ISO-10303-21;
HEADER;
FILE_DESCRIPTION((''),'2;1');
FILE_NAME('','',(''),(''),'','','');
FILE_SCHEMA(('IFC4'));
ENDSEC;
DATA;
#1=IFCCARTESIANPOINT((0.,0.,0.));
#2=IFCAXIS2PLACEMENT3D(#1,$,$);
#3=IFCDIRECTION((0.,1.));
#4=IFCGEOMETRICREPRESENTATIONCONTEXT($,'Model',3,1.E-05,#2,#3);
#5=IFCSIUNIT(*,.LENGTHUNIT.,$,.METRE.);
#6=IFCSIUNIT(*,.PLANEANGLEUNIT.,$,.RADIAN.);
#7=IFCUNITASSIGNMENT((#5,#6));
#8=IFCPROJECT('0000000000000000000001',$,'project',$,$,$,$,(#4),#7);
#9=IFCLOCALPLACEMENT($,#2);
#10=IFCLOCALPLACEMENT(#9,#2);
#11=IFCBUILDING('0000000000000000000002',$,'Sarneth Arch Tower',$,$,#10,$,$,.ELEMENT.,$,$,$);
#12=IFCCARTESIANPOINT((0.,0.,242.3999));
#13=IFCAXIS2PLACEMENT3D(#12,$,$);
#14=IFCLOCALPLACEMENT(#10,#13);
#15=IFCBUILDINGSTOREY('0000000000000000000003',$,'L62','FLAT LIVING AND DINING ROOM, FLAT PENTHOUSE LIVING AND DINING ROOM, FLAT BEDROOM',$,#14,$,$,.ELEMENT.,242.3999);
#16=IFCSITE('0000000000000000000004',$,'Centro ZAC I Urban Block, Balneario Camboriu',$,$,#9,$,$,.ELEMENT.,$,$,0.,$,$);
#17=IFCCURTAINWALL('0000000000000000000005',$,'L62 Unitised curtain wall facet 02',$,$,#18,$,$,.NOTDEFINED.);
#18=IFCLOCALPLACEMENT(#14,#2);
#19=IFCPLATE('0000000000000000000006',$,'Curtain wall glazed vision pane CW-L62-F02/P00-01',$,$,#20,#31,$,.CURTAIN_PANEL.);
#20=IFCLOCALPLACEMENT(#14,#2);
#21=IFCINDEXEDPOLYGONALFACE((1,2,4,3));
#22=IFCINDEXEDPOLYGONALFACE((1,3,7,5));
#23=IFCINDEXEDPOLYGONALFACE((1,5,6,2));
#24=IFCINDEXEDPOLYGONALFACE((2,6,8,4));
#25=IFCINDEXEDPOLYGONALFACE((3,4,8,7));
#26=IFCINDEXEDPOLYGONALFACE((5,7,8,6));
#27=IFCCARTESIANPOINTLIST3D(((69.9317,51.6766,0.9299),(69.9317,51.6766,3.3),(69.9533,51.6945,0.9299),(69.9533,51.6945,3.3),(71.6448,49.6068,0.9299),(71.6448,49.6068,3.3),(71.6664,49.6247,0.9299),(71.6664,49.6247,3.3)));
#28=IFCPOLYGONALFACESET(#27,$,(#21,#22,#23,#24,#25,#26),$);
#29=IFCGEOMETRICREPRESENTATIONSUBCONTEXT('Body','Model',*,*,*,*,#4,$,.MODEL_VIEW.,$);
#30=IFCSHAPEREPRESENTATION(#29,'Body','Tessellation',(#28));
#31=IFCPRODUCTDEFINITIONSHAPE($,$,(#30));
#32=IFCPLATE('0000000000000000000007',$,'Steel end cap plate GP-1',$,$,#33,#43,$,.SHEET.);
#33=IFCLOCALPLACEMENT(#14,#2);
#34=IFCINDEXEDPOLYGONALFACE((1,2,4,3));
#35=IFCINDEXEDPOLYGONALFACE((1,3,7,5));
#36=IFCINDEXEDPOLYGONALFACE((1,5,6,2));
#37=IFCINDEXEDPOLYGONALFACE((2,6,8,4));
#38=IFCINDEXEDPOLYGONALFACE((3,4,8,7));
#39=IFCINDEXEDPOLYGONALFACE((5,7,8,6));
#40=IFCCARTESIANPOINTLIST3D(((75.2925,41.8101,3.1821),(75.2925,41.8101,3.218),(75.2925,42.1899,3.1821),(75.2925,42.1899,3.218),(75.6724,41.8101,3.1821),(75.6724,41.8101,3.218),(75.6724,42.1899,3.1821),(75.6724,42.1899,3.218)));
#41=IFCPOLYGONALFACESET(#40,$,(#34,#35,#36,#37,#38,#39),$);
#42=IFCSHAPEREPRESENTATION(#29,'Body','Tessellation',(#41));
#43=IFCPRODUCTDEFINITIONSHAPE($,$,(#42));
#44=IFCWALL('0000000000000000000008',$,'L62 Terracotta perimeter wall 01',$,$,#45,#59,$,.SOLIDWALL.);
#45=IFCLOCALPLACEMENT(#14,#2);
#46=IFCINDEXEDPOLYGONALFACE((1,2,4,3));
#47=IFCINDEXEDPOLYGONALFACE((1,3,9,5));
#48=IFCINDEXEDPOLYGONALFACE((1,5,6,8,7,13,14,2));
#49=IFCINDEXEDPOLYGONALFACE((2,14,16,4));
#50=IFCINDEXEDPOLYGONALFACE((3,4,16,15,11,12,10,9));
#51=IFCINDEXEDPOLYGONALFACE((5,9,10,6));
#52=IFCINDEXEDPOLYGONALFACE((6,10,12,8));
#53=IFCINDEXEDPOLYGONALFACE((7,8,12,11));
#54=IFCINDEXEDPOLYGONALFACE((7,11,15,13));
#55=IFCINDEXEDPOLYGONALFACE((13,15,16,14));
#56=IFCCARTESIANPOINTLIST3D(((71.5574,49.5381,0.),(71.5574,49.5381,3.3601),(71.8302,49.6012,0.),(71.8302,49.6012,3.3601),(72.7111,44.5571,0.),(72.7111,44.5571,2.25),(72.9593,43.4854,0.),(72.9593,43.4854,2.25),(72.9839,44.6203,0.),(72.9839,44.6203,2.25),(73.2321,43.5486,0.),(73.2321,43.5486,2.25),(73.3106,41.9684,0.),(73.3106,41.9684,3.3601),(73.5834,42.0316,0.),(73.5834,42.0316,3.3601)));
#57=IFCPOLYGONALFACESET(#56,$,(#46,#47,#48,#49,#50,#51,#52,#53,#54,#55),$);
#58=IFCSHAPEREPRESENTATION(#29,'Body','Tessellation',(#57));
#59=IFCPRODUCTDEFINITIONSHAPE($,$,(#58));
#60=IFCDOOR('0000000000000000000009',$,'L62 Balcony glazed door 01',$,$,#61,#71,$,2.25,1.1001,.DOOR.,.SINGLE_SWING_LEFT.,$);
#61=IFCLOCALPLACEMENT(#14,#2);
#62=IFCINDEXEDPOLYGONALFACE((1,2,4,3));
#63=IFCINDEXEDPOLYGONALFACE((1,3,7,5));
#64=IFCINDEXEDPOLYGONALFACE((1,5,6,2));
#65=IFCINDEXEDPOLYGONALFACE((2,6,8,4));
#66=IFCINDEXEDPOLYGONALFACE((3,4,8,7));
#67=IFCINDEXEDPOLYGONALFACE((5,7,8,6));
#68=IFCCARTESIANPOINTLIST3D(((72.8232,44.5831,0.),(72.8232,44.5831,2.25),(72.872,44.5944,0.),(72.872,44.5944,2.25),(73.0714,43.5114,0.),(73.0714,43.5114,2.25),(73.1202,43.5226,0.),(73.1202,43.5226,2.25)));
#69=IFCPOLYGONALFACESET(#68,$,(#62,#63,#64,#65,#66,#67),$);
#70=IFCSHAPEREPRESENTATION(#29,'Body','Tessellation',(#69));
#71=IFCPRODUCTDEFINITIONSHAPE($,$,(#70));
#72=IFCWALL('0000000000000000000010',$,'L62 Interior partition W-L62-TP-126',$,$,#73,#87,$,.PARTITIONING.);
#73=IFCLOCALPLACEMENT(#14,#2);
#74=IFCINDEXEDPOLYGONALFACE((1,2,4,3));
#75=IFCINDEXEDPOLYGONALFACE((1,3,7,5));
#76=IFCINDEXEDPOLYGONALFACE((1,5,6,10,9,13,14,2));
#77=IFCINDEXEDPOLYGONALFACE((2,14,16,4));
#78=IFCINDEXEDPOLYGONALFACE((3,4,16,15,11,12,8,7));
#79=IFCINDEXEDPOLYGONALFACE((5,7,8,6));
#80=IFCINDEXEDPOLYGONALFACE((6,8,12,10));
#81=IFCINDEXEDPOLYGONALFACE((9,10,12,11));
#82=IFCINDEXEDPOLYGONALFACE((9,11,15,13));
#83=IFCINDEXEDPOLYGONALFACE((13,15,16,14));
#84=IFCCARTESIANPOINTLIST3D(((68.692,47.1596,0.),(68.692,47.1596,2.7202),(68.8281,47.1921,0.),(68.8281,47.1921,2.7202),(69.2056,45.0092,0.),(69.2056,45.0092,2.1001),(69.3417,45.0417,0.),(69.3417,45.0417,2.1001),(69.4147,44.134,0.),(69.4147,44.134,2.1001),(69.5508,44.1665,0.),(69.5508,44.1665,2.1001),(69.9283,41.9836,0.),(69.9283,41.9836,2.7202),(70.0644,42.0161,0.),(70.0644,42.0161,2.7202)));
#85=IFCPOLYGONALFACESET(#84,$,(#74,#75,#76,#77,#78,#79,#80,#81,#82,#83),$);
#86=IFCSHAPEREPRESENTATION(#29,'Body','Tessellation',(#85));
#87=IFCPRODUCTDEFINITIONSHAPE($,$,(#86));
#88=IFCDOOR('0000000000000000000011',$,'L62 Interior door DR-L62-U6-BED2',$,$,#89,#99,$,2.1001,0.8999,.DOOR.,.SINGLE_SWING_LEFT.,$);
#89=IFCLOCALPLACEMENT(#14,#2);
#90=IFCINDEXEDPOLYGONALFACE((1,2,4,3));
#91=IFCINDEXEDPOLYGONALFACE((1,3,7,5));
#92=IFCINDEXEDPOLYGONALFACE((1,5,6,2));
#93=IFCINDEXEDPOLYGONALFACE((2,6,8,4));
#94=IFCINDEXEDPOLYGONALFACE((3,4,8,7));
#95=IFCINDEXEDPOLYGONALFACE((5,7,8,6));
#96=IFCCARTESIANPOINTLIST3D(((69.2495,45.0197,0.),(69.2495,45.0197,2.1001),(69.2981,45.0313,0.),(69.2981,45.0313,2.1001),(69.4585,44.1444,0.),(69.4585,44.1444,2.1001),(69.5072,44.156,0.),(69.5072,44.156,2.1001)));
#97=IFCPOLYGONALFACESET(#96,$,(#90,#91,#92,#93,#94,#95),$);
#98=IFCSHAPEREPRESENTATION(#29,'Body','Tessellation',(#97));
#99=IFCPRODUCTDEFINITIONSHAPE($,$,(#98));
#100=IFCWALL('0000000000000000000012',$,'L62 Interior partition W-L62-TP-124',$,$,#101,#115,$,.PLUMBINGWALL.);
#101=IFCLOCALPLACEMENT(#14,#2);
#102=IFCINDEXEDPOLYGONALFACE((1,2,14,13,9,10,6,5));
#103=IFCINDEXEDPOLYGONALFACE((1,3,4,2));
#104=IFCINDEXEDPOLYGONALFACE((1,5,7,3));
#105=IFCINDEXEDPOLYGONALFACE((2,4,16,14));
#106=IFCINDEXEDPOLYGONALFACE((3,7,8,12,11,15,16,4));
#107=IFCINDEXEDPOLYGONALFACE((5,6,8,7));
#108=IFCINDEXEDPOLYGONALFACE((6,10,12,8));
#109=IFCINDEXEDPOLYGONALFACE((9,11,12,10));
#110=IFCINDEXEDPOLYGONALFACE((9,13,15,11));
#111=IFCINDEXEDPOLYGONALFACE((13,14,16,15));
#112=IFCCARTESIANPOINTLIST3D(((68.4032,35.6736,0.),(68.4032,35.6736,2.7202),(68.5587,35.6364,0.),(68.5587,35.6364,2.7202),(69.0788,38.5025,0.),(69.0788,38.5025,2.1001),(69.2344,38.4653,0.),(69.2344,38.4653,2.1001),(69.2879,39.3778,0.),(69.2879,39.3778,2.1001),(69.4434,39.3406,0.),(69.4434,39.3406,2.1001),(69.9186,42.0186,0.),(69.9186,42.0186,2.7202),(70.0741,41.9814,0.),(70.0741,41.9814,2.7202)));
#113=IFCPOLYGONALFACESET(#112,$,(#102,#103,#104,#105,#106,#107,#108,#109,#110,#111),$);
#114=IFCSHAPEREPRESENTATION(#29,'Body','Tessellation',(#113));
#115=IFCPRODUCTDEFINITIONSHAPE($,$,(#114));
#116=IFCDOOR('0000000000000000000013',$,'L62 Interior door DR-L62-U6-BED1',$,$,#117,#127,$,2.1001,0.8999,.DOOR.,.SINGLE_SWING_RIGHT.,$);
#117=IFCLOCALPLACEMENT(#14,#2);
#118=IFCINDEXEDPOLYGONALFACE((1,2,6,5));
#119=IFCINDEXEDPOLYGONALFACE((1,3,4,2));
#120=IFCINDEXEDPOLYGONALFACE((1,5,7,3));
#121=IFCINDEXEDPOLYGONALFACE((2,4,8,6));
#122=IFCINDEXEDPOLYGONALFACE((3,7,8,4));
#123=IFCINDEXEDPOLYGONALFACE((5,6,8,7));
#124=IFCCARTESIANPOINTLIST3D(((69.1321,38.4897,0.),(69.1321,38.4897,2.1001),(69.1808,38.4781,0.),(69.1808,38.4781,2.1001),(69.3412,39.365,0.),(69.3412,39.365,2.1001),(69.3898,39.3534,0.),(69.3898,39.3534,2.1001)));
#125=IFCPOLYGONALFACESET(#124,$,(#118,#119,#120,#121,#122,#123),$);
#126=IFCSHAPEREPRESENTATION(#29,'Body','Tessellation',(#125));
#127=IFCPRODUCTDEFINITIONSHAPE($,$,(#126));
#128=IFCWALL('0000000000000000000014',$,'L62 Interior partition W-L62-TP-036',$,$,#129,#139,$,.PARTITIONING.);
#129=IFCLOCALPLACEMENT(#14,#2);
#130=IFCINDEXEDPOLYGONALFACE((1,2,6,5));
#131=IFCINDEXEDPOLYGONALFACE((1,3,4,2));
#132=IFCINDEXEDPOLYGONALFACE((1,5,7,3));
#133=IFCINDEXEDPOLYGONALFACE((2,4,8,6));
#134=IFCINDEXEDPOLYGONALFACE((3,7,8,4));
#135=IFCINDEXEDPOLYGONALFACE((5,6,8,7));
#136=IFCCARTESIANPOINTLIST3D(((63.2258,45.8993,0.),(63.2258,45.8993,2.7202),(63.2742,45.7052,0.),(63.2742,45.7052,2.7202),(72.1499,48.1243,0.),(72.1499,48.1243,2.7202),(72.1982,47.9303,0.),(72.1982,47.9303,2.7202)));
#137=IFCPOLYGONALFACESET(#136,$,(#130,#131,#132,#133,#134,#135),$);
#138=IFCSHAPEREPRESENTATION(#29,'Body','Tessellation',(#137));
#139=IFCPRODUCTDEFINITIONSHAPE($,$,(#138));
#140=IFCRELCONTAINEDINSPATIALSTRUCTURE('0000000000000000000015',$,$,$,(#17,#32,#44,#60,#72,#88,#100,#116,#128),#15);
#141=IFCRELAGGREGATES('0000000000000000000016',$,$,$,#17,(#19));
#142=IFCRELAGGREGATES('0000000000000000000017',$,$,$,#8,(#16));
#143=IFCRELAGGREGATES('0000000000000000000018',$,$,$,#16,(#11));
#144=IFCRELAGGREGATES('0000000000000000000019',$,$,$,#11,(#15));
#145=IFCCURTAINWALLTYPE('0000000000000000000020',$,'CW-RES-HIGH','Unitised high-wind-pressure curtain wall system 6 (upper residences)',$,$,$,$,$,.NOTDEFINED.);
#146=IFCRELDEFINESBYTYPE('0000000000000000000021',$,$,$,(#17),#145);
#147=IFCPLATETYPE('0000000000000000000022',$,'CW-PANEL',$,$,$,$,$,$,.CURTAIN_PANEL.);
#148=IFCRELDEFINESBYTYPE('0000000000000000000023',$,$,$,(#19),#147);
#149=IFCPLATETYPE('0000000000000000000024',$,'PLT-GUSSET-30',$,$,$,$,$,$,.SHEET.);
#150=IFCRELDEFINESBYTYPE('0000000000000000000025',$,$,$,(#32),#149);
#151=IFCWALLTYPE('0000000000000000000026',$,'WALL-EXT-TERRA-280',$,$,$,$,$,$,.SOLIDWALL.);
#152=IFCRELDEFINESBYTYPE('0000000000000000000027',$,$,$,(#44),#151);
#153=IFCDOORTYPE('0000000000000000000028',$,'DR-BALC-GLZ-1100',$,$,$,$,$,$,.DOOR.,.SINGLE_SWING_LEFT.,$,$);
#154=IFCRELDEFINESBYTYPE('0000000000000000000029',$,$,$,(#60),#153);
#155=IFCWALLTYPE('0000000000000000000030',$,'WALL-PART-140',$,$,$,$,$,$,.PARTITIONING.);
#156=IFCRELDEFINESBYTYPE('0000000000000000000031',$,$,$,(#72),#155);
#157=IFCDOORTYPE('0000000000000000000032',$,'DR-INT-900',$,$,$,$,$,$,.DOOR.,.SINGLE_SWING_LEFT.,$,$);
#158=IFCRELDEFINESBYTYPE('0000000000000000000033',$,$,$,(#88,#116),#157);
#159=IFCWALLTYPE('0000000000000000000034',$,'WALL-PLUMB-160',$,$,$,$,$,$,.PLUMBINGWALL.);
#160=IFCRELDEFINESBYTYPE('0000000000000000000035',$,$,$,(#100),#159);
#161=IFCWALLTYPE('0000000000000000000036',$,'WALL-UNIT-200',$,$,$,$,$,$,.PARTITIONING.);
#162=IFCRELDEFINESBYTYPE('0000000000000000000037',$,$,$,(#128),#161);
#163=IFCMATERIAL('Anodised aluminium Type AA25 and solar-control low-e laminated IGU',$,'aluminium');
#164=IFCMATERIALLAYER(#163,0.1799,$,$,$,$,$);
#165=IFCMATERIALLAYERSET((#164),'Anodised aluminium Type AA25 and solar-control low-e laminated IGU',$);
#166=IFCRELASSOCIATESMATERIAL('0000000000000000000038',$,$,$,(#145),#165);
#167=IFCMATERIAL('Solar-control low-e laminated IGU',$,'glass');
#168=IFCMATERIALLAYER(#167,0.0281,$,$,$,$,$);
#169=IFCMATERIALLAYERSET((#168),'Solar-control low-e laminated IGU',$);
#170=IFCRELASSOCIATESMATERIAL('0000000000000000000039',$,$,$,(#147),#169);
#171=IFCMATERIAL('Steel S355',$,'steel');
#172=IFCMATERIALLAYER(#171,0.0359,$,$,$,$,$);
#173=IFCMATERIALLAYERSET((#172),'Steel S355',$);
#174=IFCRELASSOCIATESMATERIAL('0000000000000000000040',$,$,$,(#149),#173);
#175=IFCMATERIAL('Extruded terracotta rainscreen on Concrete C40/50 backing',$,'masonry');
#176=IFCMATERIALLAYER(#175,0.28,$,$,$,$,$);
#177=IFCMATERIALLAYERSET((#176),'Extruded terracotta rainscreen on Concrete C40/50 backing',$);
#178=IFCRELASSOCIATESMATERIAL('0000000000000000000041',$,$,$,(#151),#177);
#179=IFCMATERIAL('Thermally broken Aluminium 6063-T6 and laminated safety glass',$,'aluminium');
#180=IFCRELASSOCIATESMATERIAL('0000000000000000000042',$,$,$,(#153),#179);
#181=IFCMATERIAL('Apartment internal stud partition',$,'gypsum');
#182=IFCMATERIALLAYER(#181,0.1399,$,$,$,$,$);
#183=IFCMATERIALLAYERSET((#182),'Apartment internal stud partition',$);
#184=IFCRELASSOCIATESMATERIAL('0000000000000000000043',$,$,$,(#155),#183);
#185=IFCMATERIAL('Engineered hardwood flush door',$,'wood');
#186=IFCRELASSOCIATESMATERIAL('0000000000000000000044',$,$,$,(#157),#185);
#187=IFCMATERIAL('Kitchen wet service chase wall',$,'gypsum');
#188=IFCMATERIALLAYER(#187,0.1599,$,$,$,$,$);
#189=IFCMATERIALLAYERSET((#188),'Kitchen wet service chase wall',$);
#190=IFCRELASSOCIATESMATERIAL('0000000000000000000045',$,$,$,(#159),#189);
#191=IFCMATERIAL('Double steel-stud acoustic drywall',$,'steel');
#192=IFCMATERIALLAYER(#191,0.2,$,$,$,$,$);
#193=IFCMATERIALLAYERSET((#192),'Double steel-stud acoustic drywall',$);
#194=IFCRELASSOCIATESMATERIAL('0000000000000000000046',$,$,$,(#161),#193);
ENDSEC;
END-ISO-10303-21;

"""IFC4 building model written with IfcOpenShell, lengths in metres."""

from ifc_helpers import new_model, si_unit, direction, frame, frame_2d, origin, origin_2d, place, context, subcontext, project, spatial, rectangle, extrude, material, layer, layer_set, type_object, element, fill, aggregate, save


model = new_model("IFC4")

# Units and contexts
model_context = context("Model", 3, precision=1e-05, world=origin(), true_north=direction((0.0, 1.0)))
body_context = subcontext(model_context, "Body", "Model", "MODEL_VIEW")
ifc_project = project(units=[si_unit("LENGTHUNIT", "METRE"), si_unit("PLANEANGLEUNIT", "RADIAN")], contexts=[model_context])

# Site, building, storey
site_placement = place(None, origin())
site = spatial("IfcSite", under=ifc_project, at=site_placement, Name="Centro ZAC I Urban Block, Balneario Camboriu", CompositionType="ELEMENT", RefElevation=0.0)
building_placement = place(site_placement, origin())
building = spatial("IfcBuilding", under=site, at=building_placement, Name="Sarneth Arch Tower", CompositionType="ELEMENT")
storey_placement = place(building_placement, frame((0.0, 0.0, 242.3999)))
storey = spatial("IfcBuildingStorey", under=building, at=storey_placement, Name="L62", Description="FLAT LIVING AND DINING ROOM, FLAT PENTHOUSE LIVING AND DINING ROOM, FLAT BEDROOM", CompositionType="ELEMENT", Elevation=242.3999)

# Curtain wall
ifc_material_1 = material(Name="Anodised aluminium Type AA25 and solar-control low-e laminated IGU", Category="aluminium")
ifc_layer_1 = layer(ifc_material_1, 0.1799)
ifc_layer_set_1 = layer_set([ifc_layer_1], Name="Anodised aluminium Type AA25 and solar-control low-e laminated IGU")
curtain_wall_type = type_object("IfcCurtainWallType", Name="CW-RES-HIGH", Description="Unitised high-wind-pressure curtain wall system 6 (upper residences)", PredefinedType="NOTDEFINED", material=ifc_layer_set_1)
curtain_wall_placement = place(storey_placement, origin())
curtain_wall = element("IfcCurtainWall", 1, at=curtain_wall_placement, inside=storey, type_object=curtain_wall_type, Name="L62 Unitised curtain wall facet 02", PredefinedType="NOTDEFINED")

# Plates
ifc_material_2 = material(Name="Solar-control low-e laminated IGU", Category="glass")
ifc_layer_2 = layer(ifc_material_2, 0.0281)
ifc_layer_set_2 = layer_set([ifc_layer_2], Name="Solar-control low-e laminated IGU")
plate_type_1 = type_object("IfcPlateType", Name="CW-PANEL", PredefinedType="CURTAIN_PANEL", material=ifc_layer_set_2)
plate_1_placement = place(storey_placement, frame((70.7991, 50.6506, 0.9299), z_axis=(0.0, 0.0, 1.0), x_axis=(-0.63761, 0.770359, 0.0)))
plate_1 = element("IfcPlate", 2, at=plate_1_placement, type_object=plate_type_1, Name="Curtain wall glazed vision pane CW-L62-F02/P00-01", PredefinedType="CURTAIN_PANEL", context=body_context, shape_type="SweptSolid", body=[
    extrude(rectangle(XDim=2.6868, YDim=0.0281, at=origin_2d()), origin(), (0.0, 0.0, 1.0), 2.3701),
])
aggregate(curtain_wall, [plate_1])
ifc_material_3 = material(Name="Steel S355", Category="steel")
ifc_layer_3 = layer(ifc_material_3, 0.0359)
ifc_layer_set_3 = layer_set([ifc_layer_3], Name="Steel S355")
plate_type_2 = type_object("IfcPlateType", Name="PLT-GUSSET-30", PredefinedType="SHEET", material=ifc_layer_set_3)
plate_2_placement = place(storey_placement, frame((75.4824, 42.0, 3.1821), z_axis=(0.0, 0.0, 1.0), x_axis=(1.0, 0.0, 0.0)))
element("IfcPlate", 3, at=plate_2_placement, inside=storey, type_object=plate_type_2, Name="Steel end cap plate GP-1", PredefinedType="SHEET", context=body_context, shape_type="SweptSolid", body=[
    extrude(rectangle(XDim=0.3799, YDim=0.3799, at=origin_2d()), origin(), (0.0, 0.0, 1.0), 0.0359),
])

# Walls, openings, doors
ifc_material_4 = material(Name="Extruded terracotta rainscreen on Concrete C40/50 backing", Category="masonry")
ifc_layer_4 = layer(ifc_material_4, 0.28)
ifc_layer_set_4 = layer_set([ifc_layer_4], Name="Extruded terracotta rainscreen on Concrete C40/50 backing")
wall_type_1 = type_object("IfcWallType", Name="WALL-EXT-TERRA-280", PredefinedType="SOLIDWALL", material=ifc_layer_set_4)
wall_1_placement = place(storey_placement, frame((73.447, 42.0, 0.0), z_axis=(0.0, 0.0, 1.0), x_axis=(-0.225635, 0.974212, 0.0)))
wall_1 = element("IfcWall", 4, at=wall_1_placement, inside=storey, type_object=wall_type_1, Name="L62 Terracotta perimeter wall 01", PredefinedType="SOLIDWALL", context=body_context, shape_type="SweptSolid", body=[
    extrude(rectangle(XDim=7.77, YDim=0.28, at=frame_2d((3.885, 0.0))), origin(), (0.0, 0.0, 1.0), 3.3601),
])
opening_1_placement = place(wall_1_placement, frame((1.5571, 0.0, 0.0)))
opening_1 = element("IfcOpeningElement", 5, at=opening_1_placement, cuts=wall_1, PredefinedType="OPENING", context=body_context, shape_type="SweptSolid", body=[
    extrude(rectangle(XDim=1.1001, YDim=2.25, at=frame_2d((0.55, 1.125))), frame((0.0, 0.1499, 0.0), z_axis=(0.0, -1.0, 0.0), x_axis=(1.0, 0.0, 0.0)), (0.0, 0.0, 1.0), 0.3),
])
ifc_material_5 = material(Name="Thermally broken Aluminium 6063-T6 and laminated safety glass", Category="aluminium")
door_type_1 = type_object("IfcDoorType", Name="DR-BALC-GLZ-1100", OperationType="SINGLE_SWING_LEFT", PredefinedType="DOOR", material=ifc_material_5)
door_1_placement = place(opening_1_placement, origin())
door_1 = element("IfcDoor", 6, at=door_1_placement, inside=storey, type_object=door_type_1, Name="L62 Balcony glazed door 01", OperationType="SINGLE_SWING_LEFT", OverallHeight=2.25, OverallWidth=1.1001, PredefinedType="DOOR", context=body_context, shape_type="SweptSolid", body=[
    extrude(rectangle(XDim=1.1001, YDim=2.25, at=frame_2d((0.55, 1.125))), frame((0.0, 0.0249, 0.0), z_axis=(0.0, -1.0, 0.0), x_axis=(1.0, 0.0, 0.0)), (0.0, 0.0, 1.0), 0.05),
])
fill(opening_1, door_1)
ifc_material_6 = material(Name="Apartment internal stud partition", Category="gypsum")
ifc_layer_5 = layer(ifc_material_6, 0.1399)
ifc_layer_set_5 = layer_set([ifc_layer_5], Name="Apartment internal stud partition")
wall_type_2 = type_object("IfcWallType", Name="WALL-PART-140", PredefinedType="PARTITIONING", material=ifc_layer_set_5)
wall_2_placement = place(storey_placement, frame((69.9963, 42.0, 0.0), z_axis=(0.0, 0.0, 1.0), x_axis=(-0.232321, 0.972639, 0.0)))
wall_2 = element("IfcWall", 7, at=wall_2_placement, inside=storey, type_object=wall_type_2, Name="L62 Interior partition W-L62-TP-126", PredefinedType="PARTITIONING", context=body_context, shape_type="SweptSolid", body=[
    extrude(rectangle(XDim=5.3215, YDim=0.1399, at=frame_2d((2.6606, 0.0))), origin(), (0.0, 0.0, 1.0), 2.7202),
])
opening_2_placement = place(wall_2_placement, frame((2.2107, 0.0, 0.0)))
opening_2 = element("IfcOpeningElement", 8, at=opening_2_placement, cuts=wall_2, PredefinedType="OPENING", context=body_context, shape_type="SweptSolid", body=[
    extrude(rectangle(XDim=0.8999, YDim=2.1001, at=frame_2d((0.45, 1.05))), frame((0.0, 0.0798, 0.0), z_axis=(0.0, -1.0, 0.0), x_axis=(1.0, 0.0, 0.0)), (0.0, 0.0, 1.0), 0.1599),
])
ifc_material_7 = material(Name="Engineered hardwood flush door", Category="wood")
door_type_2 = type_object("IfcDoorType", Name="DR-INT-900", OperationType="SINGLE_SWING_LEFT", PredefinedType="DOOR", material=ifc_material_7)
door_2_placement = place(opening_2_placement, origin())
door_2 = element("IfcDoor", 9, at=door_2_placement, inside=storey, type_object=door_type_2, Name="L62 Interior door DR-L62-U6-BED2", OperationType="SINGLE_SWING_LEFT", OverallHeight=2.1001, OverallWidth=0.8999, PredefinedType="DOOR", context=body_context, shape_type="SweptSolid", body=[
    extrude(rectangle(XDim=0.8999, YDim=2.1001, at=frame_2d((0.45, 1.05))), frame((0.0, 0.0249, 0.0), z_axis=(0.0, -1.0, 0.0), x_axis=(1.0, 0.0, 0.0)), (0.0, 0.0, 1.0), 0.05),
])
fill(opening_2, door_2)
ifc_material_8 = material(Name="Kitchen wet service chase wall", Category="gypsum")
ifc_layer_6 = layer(ifc_material_8, 0.1599)
ifc_layer_set_6 = layer_set([ifc_layer_6], Name="Kitchen wet service chase wall")
wall_type_3 = type_object("IfcWallType", Name="WALL-PLUMB-160", PredefinedType="PLUMBINGWALL", material=ifc_layer_set_6)
wall_3_placement = place(storey_placement, frame((69.9963, 42.0, 0.0), z_axis=(0.0, 0.0, 1.0), x_axis=(-0.232298, -0.972645, 0.0)))
wall_3 = element("IfcWall", 10, at=wall_3_placement, inside=storey, type_object=wall_type_3, Name="L62 Interior partition W-L62-TP-124", PredefinedType="PLUMBINGWALL", context=body_context, shape_type="SweptSolid", body=[
    extrude(rectangle(XDim=6.5234, YDim=0.1599, at=frame_2d((3.2617, 0.0))), origin(), (0.0, 0.0, 1.0), 2.7202),
])
opening_3_placement = place(wall_3_placement, frame((2.7151, 0.0, 0.0)))
opening_3 = element("IfcOpeningElement", 11, at=opening_3_placement, cuts=wall_3, PredefinedType="OPENING", context=body_context, shape_type="SweptSolid", body=[
    extrude(rectangle(XDim=0.8999, YDim=2.1001, at=frame_2d((0.45, 1.05))), frame((0.0, 0.0898, 0.0), z_axis=(0.0, -1.0, 0.0), x_axis=(1.0, 0.0, 0.0)), (0.0, 0.0, 1.0), 0.1799),
])
door_3_placement = place(opening_3_placement, origin())
door_3 = element("IfcDoor", 12, at=door_3_placement, inside=storey, type_object=door_type_2, Name="L62 Interior door DR-L62-U6-BED1", OperationType="SINGLE_SWING_RIGHT", OverallHeight=2.1001, OverallWidth=0.8999, PredefinedType="DOOR", context=body_context, shape_type="SweptSolid", body=[
    extrude(rectangle(XDim=0.8999, YDim=2.1001, at=frame_2d((0.45, 1.05))), frame((0.0, 0.0249, 0.0), z_axis=(0.0, -1.0, 0.0), x_axis=(1.0, 0.0, 0.0)), (0.0, 0.0, 1.0), 0.05),
])
fill(opening_3, door_3)

# Wall
ifc_material_9 = material(Name="Double steel-stud acoustic drywall", Category="steel")
ifc_layer_7 = layer(ifc_material_9, 0.2)
ifc_layer_set_7 = layer_set([ifc_layer_7], Name="Double steel-stud acoustic drywall")
wall_type_4 = type_object("IfcWallType", Name="WALL-UNIT-200", PredefinedType="PARTITIONING", material=ifc_layer_set_7)
wall_4_placement = place(storey_placement, frame((63.25, 45.8022, 0.0), z_axis=(0.0, 0.0, 1.0), x_axis=(0.970294, 0.24193, 0.0)))
element("IfcWall", 13, at=wall_4_placement, inside=storey, type_object=wall_type_4, Name="L62 Interior partition W-L62-TP-036", PredefinedType="PARTITIONING", context=body_context, shape_type="SweptSolid", body=[
    extrude(rectangle(XDim=9.1973, YDim=0.2, at=frame_2d((4.5986, 0.0))), origin(), (0.0, 0.0, 1.0), 2.7202),
])

save(model, "model.ifc")
